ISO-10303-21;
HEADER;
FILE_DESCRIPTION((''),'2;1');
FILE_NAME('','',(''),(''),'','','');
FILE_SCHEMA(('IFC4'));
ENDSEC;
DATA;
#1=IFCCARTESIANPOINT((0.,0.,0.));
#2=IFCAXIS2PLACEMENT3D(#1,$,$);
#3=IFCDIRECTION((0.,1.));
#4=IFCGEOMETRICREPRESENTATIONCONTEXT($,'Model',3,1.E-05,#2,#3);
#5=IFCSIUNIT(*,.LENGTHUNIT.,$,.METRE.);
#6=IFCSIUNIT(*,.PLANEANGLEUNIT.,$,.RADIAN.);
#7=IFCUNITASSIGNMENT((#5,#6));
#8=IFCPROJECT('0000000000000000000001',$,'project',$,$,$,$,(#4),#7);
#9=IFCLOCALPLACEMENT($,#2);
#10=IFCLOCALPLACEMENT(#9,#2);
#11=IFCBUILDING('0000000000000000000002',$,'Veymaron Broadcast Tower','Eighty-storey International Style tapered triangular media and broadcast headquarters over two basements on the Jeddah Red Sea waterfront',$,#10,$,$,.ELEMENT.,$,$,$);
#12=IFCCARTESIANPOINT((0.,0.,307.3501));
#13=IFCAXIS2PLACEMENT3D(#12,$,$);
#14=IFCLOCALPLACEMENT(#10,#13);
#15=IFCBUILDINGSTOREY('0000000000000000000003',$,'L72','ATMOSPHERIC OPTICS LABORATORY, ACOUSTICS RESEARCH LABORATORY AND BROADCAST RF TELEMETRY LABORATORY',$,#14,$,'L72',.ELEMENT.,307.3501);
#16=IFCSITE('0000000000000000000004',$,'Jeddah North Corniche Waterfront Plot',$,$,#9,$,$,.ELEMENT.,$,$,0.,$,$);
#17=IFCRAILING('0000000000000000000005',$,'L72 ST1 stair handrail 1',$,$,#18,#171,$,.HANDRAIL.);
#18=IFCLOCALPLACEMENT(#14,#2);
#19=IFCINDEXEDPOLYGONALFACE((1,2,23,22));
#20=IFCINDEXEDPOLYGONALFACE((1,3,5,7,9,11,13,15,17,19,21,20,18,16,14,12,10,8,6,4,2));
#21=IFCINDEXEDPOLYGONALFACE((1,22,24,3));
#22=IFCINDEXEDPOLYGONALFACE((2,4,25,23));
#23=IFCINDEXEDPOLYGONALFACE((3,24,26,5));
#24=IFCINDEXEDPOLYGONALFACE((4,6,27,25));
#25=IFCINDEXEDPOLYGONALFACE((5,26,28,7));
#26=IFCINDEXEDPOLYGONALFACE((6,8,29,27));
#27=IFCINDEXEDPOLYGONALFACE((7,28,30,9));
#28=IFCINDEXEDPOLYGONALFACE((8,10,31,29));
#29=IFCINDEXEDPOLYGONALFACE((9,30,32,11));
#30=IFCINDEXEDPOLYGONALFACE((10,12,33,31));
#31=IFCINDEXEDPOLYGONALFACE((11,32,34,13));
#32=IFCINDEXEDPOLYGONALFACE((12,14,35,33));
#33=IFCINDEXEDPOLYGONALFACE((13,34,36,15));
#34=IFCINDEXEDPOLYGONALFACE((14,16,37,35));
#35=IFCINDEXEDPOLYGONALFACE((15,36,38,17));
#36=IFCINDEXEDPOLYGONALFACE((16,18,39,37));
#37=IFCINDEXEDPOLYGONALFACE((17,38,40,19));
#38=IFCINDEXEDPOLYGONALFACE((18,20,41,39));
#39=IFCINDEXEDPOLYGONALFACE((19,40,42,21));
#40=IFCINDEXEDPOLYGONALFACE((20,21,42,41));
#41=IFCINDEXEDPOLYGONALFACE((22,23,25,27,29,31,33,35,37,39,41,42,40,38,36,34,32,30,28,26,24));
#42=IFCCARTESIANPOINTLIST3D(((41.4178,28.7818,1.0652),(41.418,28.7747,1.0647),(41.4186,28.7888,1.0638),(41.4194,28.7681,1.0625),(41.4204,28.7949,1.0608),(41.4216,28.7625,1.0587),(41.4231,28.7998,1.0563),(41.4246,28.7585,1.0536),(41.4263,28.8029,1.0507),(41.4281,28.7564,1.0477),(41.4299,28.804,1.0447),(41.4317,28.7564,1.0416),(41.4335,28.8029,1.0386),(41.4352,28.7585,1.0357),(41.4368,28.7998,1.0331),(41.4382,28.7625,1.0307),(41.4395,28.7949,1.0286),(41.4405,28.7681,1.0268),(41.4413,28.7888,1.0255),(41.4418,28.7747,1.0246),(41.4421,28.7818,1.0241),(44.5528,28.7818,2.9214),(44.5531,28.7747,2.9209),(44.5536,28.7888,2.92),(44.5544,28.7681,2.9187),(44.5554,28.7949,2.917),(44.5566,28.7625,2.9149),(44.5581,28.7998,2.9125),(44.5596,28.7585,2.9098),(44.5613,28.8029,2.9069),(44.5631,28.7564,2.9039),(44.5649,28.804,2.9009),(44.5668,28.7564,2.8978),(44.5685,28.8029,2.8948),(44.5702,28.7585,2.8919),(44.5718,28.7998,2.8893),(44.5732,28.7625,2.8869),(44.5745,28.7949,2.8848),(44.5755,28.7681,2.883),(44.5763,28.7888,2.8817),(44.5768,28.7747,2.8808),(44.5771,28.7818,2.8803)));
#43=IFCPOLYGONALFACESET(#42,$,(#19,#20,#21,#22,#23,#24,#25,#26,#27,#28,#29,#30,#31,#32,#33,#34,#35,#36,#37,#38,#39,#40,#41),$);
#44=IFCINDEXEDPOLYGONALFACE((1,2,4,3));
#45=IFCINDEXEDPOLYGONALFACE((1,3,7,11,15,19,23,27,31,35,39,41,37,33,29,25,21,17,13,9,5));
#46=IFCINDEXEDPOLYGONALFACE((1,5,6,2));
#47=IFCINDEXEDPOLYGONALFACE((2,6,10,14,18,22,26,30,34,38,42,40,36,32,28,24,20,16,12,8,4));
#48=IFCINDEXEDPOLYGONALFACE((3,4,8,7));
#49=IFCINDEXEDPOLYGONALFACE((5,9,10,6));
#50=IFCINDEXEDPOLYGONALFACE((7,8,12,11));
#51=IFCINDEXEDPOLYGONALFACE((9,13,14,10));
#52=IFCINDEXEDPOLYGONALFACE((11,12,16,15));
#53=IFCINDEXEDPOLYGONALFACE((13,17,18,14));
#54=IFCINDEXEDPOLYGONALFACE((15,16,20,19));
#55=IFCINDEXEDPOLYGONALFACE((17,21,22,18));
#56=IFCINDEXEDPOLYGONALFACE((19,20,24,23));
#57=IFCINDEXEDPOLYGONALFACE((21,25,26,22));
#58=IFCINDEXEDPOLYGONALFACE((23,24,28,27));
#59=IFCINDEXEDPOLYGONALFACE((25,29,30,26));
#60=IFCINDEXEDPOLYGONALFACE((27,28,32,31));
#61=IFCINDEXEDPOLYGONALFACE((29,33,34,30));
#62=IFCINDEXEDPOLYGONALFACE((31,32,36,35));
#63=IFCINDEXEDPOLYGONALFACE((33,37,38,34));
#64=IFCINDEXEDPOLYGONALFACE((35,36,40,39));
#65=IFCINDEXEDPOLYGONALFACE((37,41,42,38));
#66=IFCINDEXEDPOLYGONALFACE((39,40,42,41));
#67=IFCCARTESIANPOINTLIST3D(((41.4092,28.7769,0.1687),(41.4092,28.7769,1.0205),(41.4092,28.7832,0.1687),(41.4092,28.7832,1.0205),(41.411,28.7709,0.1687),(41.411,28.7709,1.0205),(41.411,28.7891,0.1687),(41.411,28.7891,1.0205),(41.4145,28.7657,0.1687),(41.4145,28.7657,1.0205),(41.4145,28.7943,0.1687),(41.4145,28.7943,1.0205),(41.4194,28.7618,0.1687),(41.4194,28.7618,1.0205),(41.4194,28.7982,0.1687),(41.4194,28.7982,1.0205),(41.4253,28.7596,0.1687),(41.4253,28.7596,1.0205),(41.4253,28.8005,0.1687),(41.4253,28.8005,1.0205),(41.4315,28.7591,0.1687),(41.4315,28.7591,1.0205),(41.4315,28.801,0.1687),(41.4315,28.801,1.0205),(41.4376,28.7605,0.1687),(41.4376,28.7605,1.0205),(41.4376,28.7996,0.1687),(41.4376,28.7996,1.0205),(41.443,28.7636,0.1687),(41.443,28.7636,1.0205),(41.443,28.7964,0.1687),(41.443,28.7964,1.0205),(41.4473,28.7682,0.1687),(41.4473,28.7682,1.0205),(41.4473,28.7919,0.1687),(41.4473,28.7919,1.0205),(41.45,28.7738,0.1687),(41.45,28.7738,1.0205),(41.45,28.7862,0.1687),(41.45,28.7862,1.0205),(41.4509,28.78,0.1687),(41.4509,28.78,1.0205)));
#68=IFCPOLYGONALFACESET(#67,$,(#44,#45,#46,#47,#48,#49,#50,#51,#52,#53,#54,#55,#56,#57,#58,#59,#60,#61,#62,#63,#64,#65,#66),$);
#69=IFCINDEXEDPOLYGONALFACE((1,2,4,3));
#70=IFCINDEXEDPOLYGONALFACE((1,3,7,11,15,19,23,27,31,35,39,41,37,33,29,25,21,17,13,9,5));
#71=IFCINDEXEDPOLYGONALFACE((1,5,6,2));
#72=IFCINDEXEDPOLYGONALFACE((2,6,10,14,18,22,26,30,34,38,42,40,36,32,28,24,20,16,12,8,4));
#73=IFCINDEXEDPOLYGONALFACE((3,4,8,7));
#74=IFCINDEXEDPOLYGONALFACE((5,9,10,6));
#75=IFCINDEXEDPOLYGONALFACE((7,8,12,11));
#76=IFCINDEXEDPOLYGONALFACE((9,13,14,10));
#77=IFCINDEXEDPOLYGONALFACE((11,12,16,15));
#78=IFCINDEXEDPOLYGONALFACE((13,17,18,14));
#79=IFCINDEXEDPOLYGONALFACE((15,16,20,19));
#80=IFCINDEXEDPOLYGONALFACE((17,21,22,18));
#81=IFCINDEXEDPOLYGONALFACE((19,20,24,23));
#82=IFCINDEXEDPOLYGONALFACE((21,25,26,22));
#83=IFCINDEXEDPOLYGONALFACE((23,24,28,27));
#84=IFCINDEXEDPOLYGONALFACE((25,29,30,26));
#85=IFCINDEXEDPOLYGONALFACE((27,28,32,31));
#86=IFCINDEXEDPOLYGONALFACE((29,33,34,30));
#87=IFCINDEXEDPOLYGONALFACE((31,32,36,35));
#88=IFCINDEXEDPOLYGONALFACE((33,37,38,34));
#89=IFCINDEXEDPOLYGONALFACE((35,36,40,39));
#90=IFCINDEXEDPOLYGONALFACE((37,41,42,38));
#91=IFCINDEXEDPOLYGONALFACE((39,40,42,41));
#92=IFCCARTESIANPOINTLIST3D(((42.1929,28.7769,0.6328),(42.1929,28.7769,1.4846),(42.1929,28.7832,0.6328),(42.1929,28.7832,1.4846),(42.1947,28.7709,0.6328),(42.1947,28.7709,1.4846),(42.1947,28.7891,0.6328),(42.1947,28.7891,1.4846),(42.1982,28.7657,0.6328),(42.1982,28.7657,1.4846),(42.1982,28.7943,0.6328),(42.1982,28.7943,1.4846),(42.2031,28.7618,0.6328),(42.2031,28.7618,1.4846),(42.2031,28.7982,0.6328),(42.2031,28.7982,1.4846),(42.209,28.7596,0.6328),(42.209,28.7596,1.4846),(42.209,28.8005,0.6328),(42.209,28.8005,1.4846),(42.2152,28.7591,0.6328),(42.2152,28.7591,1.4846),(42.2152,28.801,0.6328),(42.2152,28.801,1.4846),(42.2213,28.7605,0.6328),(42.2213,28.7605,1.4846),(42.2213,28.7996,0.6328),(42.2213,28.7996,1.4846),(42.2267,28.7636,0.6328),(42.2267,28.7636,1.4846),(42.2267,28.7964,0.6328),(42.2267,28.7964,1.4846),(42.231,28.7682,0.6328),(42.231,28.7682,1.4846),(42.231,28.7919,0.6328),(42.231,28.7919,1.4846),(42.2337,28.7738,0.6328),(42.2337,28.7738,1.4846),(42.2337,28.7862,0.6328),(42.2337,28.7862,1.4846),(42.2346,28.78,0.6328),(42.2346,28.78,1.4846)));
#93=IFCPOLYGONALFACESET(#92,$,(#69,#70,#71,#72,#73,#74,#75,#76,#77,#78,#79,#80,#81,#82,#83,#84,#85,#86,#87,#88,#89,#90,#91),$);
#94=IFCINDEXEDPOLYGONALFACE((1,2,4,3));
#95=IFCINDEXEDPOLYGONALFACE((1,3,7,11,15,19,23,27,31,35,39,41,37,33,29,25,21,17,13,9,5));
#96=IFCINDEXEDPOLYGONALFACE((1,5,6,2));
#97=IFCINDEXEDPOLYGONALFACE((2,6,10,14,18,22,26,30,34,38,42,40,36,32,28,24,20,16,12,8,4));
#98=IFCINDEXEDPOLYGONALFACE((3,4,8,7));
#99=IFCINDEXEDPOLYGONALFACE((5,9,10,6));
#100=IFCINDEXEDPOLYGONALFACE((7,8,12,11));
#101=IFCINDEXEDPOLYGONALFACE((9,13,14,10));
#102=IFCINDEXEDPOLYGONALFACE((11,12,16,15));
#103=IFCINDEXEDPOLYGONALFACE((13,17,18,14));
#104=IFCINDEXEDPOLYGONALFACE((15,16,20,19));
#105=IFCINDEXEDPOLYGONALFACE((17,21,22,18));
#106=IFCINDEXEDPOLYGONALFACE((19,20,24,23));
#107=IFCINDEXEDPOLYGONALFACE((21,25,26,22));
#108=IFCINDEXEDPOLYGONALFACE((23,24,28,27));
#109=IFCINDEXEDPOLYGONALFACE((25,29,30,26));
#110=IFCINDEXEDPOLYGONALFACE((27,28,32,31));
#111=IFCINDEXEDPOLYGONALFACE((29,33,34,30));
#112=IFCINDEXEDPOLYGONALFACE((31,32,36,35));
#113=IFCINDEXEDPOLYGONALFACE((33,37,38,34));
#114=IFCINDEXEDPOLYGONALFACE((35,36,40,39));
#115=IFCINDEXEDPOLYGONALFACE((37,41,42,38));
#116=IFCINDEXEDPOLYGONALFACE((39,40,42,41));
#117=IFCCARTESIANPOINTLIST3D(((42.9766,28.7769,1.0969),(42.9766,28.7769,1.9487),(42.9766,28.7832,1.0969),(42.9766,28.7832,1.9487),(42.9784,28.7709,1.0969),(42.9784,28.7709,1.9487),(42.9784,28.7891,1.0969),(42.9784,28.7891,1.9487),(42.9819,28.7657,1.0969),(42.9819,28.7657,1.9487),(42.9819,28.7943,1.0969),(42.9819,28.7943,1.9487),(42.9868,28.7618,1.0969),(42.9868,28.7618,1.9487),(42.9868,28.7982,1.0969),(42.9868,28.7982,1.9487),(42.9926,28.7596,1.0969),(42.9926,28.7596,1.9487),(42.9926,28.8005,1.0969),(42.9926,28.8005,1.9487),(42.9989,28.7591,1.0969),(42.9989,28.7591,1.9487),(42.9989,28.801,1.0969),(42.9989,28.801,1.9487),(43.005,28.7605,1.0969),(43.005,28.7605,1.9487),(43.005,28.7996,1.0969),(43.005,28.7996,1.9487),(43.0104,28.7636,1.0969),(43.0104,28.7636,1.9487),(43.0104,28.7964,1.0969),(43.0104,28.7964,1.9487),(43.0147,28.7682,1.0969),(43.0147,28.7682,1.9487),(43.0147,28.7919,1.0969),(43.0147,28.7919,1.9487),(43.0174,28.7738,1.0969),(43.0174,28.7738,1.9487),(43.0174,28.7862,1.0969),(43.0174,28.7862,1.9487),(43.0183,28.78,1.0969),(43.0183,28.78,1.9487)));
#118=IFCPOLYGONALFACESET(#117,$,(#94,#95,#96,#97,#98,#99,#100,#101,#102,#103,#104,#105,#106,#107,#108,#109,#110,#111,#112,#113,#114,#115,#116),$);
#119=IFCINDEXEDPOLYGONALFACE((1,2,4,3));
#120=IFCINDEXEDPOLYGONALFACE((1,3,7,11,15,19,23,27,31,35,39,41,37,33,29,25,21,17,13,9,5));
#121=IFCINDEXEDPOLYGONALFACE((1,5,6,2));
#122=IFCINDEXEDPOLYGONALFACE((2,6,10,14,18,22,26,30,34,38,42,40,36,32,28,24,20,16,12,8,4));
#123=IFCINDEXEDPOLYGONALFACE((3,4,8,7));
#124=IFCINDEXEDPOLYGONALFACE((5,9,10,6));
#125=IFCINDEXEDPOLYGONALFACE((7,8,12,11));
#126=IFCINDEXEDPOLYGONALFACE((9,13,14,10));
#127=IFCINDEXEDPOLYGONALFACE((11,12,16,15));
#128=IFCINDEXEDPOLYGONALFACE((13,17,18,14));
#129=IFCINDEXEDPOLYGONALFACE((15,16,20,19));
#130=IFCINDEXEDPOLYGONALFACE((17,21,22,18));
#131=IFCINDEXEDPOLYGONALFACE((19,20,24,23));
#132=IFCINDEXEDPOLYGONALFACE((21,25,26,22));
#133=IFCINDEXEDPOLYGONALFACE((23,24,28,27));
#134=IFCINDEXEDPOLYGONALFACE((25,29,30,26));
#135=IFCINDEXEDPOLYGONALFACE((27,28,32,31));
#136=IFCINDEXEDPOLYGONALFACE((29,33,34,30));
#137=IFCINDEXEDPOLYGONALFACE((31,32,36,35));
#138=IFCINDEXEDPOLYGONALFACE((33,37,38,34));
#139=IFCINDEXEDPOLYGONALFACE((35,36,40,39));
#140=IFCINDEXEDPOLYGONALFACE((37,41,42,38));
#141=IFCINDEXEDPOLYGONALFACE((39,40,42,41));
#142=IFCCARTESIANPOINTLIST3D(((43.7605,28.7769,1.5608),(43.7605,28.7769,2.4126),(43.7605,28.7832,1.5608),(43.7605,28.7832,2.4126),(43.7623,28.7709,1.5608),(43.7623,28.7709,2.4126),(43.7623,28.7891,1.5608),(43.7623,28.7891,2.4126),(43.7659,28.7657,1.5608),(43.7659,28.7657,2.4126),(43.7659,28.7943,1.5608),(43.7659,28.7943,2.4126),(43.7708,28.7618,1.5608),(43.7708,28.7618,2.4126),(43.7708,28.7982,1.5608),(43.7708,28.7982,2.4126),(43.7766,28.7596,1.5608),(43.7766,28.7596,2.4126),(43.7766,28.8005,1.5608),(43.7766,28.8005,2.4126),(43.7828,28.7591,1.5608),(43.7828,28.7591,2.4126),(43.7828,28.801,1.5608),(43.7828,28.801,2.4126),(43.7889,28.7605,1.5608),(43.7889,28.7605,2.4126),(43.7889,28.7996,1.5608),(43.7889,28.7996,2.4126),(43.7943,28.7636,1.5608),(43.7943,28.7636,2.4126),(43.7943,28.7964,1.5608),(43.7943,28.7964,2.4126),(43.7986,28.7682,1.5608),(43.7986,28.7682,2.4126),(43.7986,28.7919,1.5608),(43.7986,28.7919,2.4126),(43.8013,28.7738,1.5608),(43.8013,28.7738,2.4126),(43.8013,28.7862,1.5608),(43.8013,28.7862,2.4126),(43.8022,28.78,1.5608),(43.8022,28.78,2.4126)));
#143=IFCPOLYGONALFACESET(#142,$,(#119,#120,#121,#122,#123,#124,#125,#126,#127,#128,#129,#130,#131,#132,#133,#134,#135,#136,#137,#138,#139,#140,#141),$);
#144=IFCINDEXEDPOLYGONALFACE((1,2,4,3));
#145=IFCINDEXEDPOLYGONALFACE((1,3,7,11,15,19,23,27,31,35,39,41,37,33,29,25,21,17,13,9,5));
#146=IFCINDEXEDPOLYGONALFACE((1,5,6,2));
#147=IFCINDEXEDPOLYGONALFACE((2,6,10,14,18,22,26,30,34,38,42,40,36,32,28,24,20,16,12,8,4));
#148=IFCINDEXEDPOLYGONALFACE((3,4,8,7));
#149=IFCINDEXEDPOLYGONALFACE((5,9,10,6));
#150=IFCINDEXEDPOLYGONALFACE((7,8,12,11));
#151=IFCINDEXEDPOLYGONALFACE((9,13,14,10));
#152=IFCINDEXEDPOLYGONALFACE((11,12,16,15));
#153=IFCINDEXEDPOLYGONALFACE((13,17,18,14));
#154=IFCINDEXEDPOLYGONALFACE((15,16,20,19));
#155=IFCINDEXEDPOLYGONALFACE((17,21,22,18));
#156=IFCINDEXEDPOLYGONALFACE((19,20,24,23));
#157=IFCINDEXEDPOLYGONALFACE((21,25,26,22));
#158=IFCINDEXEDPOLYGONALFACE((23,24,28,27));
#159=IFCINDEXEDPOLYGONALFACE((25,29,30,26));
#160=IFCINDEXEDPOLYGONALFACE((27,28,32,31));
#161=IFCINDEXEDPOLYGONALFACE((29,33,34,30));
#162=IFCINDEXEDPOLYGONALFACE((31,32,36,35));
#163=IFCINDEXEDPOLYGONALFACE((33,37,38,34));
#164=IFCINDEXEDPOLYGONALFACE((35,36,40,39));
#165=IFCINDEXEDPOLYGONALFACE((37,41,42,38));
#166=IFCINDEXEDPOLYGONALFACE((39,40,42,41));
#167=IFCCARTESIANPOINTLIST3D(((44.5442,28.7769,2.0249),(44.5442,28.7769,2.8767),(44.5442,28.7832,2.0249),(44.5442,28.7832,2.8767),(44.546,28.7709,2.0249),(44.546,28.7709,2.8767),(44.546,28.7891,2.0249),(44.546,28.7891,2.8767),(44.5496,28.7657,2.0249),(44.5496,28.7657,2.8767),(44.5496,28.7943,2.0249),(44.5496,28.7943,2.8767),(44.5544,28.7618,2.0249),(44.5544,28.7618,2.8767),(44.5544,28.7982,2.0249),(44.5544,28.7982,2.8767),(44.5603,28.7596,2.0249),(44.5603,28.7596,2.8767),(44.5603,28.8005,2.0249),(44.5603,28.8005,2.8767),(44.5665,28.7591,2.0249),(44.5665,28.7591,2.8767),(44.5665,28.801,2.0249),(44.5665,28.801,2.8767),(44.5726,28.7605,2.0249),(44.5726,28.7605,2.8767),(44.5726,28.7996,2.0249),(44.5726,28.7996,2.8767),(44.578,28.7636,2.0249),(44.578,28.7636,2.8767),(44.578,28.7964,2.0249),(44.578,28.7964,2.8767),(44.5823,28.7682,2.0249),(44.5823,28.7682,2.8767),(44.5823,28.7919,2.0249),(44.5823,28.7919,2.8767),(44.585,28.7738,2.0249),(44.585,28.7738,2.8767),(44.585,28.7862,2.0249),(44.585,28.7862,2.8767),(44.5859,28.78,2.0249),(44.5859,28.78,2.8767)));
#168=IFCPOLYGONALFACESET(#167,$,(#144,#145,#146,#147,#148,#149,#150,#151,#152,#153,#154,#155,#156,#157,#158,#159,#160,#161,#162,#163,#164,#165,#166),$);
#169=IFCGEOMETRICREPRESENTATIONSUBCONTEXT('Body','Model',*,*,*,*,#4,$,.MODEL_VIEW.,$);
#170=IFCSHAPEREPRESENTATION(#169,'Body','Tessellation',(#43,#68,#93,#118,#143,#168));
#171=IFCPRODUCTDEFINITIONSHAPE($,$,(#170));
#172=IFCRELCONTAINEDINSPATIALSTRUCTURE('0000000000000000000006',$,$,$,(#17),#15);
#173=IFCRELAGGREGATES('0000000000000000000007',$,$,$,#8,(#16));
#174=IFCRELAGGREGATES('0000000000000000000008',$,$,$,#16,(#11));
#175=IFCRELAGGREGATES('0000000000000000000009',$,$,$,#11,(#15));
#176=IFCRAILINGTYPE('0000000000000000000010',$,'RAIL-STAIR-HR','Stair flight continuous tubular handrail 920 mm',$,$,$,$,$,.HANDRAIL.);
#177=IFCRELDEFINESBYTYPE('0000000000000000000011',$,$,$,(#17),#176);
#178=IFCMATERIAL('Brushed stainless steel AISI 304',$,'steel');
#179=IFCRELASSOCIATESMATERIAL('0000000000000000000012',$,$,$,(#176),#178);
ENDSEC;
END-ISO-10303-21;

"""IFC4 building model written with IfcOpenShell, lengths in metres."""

from ifc_helpers import new_model, si_unit, direction, frame, origin, origin_2d, place, context, subcontext, project, spatial, circle, extrude, material, type_object, element, save


model = new_model("IFC4")

# Units and contexts
model_context = context("Model", 3, precision=1e-05, world=origin(), true_north=direction((0.0, 1.0)))
body_context = subcontext(model_context, "Body", "Model", "MODEL_VIEW")
ifc_project = project(units=[si_unit("LENGTHUNIT", "METRE"), si_unit("PLANEANGLEUNIT", "RADIAN")], contexts=[model_context])

# Site, building, storey
site_placement = place(None, origin())
site = spatial("IfcSite", under=ifc_project, at=site_placement, Name="Jeddah North Corniche Waterfront Plot", CompositionType="ELEMENT", RefElevation=0.0)
building_placement = place(site_placement, origin())
building = spatial("IfcBuilding", under=site, at=building_placement, Name="Veymaron Broadcast Tower", Description="Eighty-storey International Style tapered triangular media and broadcast headquarters over two basements on the Jeddah Red Sea waterfront", CompositionType="ELEMENT")
storey_placement = place(building_placement, frame((0.0, 0.0, 307.3501)))
storey = spatial("IfcBuildingStorey", under=building, at=storey_placement, Name="L72", Description="ATMOSPHERIC OPTICS LABORATORY, ACOUSTICS RESEARCH LABORATORY AND BROADCAST RF TELEMETRY LABORATORY", LongName="L72", CompositionType="ELEMENT", Elevation=307.3501)

# Railing
ifc_material_1 = material(Name="Brushed stainless steel AISI 304", Category="steel")
railing_type_1 = type_object("IfcRailingType", Name="RAIL-STAIR-HR", Description="Stair flight continuous tubular handrail 920 mm", PredefinedType="HANDRAIL", material=ifc_material_1)
railing_1_placement = place(storey_placement, frame((41.4299, 28.78, 0.1687)))
element("IfcRailing", 1, at=railing_1_placement, inside=storey, type_object=railing_type_1, Name="L72 ST1 stair handrail 1", PredefinedType="HANDRAIL", context=body_context, shape_type="SweptSolid", body=[
    extrude(circle(Radius=0.0239, at=origin_2d()), frame((0.0, 0.0, 0.876), z_axis=(0.860482, 0.0, 0.509481), x_axis=(0.0, 1.0, 0.0)), (0.0, 0.0, 1.0), 3.6433),
    extrude(circle(Radius=0.021, at=origin_2d()), origin(), (0.0, 0.0, 1.0), 0.8518),
    extrude(circle(Radius=0.021, at=origin_2d()), frame((0.7837, 0.0, 0.4641)), (0.0, 0.0, 1.0), 0.8518),
    extrude(circle(Radius=0.021, at=origin_2d()), frame((1.5674, 0.0, 0.9282)), (0.0, 0.0, 1.0), 0.8518),
    extrude(circle(Radius=0.021, at=origin_2d()), frame((2.3513, 0.0, 1.3921)), (0.0, 0.0, 1.0), 0.8518),
    extrude(circle(Radius=0.021, at=origin_2d()), frame((3.135, 0.0, 1.8562)), (0.0, 0.0, 1.0), 0.8518),
])

save(model, "model.ifc")
